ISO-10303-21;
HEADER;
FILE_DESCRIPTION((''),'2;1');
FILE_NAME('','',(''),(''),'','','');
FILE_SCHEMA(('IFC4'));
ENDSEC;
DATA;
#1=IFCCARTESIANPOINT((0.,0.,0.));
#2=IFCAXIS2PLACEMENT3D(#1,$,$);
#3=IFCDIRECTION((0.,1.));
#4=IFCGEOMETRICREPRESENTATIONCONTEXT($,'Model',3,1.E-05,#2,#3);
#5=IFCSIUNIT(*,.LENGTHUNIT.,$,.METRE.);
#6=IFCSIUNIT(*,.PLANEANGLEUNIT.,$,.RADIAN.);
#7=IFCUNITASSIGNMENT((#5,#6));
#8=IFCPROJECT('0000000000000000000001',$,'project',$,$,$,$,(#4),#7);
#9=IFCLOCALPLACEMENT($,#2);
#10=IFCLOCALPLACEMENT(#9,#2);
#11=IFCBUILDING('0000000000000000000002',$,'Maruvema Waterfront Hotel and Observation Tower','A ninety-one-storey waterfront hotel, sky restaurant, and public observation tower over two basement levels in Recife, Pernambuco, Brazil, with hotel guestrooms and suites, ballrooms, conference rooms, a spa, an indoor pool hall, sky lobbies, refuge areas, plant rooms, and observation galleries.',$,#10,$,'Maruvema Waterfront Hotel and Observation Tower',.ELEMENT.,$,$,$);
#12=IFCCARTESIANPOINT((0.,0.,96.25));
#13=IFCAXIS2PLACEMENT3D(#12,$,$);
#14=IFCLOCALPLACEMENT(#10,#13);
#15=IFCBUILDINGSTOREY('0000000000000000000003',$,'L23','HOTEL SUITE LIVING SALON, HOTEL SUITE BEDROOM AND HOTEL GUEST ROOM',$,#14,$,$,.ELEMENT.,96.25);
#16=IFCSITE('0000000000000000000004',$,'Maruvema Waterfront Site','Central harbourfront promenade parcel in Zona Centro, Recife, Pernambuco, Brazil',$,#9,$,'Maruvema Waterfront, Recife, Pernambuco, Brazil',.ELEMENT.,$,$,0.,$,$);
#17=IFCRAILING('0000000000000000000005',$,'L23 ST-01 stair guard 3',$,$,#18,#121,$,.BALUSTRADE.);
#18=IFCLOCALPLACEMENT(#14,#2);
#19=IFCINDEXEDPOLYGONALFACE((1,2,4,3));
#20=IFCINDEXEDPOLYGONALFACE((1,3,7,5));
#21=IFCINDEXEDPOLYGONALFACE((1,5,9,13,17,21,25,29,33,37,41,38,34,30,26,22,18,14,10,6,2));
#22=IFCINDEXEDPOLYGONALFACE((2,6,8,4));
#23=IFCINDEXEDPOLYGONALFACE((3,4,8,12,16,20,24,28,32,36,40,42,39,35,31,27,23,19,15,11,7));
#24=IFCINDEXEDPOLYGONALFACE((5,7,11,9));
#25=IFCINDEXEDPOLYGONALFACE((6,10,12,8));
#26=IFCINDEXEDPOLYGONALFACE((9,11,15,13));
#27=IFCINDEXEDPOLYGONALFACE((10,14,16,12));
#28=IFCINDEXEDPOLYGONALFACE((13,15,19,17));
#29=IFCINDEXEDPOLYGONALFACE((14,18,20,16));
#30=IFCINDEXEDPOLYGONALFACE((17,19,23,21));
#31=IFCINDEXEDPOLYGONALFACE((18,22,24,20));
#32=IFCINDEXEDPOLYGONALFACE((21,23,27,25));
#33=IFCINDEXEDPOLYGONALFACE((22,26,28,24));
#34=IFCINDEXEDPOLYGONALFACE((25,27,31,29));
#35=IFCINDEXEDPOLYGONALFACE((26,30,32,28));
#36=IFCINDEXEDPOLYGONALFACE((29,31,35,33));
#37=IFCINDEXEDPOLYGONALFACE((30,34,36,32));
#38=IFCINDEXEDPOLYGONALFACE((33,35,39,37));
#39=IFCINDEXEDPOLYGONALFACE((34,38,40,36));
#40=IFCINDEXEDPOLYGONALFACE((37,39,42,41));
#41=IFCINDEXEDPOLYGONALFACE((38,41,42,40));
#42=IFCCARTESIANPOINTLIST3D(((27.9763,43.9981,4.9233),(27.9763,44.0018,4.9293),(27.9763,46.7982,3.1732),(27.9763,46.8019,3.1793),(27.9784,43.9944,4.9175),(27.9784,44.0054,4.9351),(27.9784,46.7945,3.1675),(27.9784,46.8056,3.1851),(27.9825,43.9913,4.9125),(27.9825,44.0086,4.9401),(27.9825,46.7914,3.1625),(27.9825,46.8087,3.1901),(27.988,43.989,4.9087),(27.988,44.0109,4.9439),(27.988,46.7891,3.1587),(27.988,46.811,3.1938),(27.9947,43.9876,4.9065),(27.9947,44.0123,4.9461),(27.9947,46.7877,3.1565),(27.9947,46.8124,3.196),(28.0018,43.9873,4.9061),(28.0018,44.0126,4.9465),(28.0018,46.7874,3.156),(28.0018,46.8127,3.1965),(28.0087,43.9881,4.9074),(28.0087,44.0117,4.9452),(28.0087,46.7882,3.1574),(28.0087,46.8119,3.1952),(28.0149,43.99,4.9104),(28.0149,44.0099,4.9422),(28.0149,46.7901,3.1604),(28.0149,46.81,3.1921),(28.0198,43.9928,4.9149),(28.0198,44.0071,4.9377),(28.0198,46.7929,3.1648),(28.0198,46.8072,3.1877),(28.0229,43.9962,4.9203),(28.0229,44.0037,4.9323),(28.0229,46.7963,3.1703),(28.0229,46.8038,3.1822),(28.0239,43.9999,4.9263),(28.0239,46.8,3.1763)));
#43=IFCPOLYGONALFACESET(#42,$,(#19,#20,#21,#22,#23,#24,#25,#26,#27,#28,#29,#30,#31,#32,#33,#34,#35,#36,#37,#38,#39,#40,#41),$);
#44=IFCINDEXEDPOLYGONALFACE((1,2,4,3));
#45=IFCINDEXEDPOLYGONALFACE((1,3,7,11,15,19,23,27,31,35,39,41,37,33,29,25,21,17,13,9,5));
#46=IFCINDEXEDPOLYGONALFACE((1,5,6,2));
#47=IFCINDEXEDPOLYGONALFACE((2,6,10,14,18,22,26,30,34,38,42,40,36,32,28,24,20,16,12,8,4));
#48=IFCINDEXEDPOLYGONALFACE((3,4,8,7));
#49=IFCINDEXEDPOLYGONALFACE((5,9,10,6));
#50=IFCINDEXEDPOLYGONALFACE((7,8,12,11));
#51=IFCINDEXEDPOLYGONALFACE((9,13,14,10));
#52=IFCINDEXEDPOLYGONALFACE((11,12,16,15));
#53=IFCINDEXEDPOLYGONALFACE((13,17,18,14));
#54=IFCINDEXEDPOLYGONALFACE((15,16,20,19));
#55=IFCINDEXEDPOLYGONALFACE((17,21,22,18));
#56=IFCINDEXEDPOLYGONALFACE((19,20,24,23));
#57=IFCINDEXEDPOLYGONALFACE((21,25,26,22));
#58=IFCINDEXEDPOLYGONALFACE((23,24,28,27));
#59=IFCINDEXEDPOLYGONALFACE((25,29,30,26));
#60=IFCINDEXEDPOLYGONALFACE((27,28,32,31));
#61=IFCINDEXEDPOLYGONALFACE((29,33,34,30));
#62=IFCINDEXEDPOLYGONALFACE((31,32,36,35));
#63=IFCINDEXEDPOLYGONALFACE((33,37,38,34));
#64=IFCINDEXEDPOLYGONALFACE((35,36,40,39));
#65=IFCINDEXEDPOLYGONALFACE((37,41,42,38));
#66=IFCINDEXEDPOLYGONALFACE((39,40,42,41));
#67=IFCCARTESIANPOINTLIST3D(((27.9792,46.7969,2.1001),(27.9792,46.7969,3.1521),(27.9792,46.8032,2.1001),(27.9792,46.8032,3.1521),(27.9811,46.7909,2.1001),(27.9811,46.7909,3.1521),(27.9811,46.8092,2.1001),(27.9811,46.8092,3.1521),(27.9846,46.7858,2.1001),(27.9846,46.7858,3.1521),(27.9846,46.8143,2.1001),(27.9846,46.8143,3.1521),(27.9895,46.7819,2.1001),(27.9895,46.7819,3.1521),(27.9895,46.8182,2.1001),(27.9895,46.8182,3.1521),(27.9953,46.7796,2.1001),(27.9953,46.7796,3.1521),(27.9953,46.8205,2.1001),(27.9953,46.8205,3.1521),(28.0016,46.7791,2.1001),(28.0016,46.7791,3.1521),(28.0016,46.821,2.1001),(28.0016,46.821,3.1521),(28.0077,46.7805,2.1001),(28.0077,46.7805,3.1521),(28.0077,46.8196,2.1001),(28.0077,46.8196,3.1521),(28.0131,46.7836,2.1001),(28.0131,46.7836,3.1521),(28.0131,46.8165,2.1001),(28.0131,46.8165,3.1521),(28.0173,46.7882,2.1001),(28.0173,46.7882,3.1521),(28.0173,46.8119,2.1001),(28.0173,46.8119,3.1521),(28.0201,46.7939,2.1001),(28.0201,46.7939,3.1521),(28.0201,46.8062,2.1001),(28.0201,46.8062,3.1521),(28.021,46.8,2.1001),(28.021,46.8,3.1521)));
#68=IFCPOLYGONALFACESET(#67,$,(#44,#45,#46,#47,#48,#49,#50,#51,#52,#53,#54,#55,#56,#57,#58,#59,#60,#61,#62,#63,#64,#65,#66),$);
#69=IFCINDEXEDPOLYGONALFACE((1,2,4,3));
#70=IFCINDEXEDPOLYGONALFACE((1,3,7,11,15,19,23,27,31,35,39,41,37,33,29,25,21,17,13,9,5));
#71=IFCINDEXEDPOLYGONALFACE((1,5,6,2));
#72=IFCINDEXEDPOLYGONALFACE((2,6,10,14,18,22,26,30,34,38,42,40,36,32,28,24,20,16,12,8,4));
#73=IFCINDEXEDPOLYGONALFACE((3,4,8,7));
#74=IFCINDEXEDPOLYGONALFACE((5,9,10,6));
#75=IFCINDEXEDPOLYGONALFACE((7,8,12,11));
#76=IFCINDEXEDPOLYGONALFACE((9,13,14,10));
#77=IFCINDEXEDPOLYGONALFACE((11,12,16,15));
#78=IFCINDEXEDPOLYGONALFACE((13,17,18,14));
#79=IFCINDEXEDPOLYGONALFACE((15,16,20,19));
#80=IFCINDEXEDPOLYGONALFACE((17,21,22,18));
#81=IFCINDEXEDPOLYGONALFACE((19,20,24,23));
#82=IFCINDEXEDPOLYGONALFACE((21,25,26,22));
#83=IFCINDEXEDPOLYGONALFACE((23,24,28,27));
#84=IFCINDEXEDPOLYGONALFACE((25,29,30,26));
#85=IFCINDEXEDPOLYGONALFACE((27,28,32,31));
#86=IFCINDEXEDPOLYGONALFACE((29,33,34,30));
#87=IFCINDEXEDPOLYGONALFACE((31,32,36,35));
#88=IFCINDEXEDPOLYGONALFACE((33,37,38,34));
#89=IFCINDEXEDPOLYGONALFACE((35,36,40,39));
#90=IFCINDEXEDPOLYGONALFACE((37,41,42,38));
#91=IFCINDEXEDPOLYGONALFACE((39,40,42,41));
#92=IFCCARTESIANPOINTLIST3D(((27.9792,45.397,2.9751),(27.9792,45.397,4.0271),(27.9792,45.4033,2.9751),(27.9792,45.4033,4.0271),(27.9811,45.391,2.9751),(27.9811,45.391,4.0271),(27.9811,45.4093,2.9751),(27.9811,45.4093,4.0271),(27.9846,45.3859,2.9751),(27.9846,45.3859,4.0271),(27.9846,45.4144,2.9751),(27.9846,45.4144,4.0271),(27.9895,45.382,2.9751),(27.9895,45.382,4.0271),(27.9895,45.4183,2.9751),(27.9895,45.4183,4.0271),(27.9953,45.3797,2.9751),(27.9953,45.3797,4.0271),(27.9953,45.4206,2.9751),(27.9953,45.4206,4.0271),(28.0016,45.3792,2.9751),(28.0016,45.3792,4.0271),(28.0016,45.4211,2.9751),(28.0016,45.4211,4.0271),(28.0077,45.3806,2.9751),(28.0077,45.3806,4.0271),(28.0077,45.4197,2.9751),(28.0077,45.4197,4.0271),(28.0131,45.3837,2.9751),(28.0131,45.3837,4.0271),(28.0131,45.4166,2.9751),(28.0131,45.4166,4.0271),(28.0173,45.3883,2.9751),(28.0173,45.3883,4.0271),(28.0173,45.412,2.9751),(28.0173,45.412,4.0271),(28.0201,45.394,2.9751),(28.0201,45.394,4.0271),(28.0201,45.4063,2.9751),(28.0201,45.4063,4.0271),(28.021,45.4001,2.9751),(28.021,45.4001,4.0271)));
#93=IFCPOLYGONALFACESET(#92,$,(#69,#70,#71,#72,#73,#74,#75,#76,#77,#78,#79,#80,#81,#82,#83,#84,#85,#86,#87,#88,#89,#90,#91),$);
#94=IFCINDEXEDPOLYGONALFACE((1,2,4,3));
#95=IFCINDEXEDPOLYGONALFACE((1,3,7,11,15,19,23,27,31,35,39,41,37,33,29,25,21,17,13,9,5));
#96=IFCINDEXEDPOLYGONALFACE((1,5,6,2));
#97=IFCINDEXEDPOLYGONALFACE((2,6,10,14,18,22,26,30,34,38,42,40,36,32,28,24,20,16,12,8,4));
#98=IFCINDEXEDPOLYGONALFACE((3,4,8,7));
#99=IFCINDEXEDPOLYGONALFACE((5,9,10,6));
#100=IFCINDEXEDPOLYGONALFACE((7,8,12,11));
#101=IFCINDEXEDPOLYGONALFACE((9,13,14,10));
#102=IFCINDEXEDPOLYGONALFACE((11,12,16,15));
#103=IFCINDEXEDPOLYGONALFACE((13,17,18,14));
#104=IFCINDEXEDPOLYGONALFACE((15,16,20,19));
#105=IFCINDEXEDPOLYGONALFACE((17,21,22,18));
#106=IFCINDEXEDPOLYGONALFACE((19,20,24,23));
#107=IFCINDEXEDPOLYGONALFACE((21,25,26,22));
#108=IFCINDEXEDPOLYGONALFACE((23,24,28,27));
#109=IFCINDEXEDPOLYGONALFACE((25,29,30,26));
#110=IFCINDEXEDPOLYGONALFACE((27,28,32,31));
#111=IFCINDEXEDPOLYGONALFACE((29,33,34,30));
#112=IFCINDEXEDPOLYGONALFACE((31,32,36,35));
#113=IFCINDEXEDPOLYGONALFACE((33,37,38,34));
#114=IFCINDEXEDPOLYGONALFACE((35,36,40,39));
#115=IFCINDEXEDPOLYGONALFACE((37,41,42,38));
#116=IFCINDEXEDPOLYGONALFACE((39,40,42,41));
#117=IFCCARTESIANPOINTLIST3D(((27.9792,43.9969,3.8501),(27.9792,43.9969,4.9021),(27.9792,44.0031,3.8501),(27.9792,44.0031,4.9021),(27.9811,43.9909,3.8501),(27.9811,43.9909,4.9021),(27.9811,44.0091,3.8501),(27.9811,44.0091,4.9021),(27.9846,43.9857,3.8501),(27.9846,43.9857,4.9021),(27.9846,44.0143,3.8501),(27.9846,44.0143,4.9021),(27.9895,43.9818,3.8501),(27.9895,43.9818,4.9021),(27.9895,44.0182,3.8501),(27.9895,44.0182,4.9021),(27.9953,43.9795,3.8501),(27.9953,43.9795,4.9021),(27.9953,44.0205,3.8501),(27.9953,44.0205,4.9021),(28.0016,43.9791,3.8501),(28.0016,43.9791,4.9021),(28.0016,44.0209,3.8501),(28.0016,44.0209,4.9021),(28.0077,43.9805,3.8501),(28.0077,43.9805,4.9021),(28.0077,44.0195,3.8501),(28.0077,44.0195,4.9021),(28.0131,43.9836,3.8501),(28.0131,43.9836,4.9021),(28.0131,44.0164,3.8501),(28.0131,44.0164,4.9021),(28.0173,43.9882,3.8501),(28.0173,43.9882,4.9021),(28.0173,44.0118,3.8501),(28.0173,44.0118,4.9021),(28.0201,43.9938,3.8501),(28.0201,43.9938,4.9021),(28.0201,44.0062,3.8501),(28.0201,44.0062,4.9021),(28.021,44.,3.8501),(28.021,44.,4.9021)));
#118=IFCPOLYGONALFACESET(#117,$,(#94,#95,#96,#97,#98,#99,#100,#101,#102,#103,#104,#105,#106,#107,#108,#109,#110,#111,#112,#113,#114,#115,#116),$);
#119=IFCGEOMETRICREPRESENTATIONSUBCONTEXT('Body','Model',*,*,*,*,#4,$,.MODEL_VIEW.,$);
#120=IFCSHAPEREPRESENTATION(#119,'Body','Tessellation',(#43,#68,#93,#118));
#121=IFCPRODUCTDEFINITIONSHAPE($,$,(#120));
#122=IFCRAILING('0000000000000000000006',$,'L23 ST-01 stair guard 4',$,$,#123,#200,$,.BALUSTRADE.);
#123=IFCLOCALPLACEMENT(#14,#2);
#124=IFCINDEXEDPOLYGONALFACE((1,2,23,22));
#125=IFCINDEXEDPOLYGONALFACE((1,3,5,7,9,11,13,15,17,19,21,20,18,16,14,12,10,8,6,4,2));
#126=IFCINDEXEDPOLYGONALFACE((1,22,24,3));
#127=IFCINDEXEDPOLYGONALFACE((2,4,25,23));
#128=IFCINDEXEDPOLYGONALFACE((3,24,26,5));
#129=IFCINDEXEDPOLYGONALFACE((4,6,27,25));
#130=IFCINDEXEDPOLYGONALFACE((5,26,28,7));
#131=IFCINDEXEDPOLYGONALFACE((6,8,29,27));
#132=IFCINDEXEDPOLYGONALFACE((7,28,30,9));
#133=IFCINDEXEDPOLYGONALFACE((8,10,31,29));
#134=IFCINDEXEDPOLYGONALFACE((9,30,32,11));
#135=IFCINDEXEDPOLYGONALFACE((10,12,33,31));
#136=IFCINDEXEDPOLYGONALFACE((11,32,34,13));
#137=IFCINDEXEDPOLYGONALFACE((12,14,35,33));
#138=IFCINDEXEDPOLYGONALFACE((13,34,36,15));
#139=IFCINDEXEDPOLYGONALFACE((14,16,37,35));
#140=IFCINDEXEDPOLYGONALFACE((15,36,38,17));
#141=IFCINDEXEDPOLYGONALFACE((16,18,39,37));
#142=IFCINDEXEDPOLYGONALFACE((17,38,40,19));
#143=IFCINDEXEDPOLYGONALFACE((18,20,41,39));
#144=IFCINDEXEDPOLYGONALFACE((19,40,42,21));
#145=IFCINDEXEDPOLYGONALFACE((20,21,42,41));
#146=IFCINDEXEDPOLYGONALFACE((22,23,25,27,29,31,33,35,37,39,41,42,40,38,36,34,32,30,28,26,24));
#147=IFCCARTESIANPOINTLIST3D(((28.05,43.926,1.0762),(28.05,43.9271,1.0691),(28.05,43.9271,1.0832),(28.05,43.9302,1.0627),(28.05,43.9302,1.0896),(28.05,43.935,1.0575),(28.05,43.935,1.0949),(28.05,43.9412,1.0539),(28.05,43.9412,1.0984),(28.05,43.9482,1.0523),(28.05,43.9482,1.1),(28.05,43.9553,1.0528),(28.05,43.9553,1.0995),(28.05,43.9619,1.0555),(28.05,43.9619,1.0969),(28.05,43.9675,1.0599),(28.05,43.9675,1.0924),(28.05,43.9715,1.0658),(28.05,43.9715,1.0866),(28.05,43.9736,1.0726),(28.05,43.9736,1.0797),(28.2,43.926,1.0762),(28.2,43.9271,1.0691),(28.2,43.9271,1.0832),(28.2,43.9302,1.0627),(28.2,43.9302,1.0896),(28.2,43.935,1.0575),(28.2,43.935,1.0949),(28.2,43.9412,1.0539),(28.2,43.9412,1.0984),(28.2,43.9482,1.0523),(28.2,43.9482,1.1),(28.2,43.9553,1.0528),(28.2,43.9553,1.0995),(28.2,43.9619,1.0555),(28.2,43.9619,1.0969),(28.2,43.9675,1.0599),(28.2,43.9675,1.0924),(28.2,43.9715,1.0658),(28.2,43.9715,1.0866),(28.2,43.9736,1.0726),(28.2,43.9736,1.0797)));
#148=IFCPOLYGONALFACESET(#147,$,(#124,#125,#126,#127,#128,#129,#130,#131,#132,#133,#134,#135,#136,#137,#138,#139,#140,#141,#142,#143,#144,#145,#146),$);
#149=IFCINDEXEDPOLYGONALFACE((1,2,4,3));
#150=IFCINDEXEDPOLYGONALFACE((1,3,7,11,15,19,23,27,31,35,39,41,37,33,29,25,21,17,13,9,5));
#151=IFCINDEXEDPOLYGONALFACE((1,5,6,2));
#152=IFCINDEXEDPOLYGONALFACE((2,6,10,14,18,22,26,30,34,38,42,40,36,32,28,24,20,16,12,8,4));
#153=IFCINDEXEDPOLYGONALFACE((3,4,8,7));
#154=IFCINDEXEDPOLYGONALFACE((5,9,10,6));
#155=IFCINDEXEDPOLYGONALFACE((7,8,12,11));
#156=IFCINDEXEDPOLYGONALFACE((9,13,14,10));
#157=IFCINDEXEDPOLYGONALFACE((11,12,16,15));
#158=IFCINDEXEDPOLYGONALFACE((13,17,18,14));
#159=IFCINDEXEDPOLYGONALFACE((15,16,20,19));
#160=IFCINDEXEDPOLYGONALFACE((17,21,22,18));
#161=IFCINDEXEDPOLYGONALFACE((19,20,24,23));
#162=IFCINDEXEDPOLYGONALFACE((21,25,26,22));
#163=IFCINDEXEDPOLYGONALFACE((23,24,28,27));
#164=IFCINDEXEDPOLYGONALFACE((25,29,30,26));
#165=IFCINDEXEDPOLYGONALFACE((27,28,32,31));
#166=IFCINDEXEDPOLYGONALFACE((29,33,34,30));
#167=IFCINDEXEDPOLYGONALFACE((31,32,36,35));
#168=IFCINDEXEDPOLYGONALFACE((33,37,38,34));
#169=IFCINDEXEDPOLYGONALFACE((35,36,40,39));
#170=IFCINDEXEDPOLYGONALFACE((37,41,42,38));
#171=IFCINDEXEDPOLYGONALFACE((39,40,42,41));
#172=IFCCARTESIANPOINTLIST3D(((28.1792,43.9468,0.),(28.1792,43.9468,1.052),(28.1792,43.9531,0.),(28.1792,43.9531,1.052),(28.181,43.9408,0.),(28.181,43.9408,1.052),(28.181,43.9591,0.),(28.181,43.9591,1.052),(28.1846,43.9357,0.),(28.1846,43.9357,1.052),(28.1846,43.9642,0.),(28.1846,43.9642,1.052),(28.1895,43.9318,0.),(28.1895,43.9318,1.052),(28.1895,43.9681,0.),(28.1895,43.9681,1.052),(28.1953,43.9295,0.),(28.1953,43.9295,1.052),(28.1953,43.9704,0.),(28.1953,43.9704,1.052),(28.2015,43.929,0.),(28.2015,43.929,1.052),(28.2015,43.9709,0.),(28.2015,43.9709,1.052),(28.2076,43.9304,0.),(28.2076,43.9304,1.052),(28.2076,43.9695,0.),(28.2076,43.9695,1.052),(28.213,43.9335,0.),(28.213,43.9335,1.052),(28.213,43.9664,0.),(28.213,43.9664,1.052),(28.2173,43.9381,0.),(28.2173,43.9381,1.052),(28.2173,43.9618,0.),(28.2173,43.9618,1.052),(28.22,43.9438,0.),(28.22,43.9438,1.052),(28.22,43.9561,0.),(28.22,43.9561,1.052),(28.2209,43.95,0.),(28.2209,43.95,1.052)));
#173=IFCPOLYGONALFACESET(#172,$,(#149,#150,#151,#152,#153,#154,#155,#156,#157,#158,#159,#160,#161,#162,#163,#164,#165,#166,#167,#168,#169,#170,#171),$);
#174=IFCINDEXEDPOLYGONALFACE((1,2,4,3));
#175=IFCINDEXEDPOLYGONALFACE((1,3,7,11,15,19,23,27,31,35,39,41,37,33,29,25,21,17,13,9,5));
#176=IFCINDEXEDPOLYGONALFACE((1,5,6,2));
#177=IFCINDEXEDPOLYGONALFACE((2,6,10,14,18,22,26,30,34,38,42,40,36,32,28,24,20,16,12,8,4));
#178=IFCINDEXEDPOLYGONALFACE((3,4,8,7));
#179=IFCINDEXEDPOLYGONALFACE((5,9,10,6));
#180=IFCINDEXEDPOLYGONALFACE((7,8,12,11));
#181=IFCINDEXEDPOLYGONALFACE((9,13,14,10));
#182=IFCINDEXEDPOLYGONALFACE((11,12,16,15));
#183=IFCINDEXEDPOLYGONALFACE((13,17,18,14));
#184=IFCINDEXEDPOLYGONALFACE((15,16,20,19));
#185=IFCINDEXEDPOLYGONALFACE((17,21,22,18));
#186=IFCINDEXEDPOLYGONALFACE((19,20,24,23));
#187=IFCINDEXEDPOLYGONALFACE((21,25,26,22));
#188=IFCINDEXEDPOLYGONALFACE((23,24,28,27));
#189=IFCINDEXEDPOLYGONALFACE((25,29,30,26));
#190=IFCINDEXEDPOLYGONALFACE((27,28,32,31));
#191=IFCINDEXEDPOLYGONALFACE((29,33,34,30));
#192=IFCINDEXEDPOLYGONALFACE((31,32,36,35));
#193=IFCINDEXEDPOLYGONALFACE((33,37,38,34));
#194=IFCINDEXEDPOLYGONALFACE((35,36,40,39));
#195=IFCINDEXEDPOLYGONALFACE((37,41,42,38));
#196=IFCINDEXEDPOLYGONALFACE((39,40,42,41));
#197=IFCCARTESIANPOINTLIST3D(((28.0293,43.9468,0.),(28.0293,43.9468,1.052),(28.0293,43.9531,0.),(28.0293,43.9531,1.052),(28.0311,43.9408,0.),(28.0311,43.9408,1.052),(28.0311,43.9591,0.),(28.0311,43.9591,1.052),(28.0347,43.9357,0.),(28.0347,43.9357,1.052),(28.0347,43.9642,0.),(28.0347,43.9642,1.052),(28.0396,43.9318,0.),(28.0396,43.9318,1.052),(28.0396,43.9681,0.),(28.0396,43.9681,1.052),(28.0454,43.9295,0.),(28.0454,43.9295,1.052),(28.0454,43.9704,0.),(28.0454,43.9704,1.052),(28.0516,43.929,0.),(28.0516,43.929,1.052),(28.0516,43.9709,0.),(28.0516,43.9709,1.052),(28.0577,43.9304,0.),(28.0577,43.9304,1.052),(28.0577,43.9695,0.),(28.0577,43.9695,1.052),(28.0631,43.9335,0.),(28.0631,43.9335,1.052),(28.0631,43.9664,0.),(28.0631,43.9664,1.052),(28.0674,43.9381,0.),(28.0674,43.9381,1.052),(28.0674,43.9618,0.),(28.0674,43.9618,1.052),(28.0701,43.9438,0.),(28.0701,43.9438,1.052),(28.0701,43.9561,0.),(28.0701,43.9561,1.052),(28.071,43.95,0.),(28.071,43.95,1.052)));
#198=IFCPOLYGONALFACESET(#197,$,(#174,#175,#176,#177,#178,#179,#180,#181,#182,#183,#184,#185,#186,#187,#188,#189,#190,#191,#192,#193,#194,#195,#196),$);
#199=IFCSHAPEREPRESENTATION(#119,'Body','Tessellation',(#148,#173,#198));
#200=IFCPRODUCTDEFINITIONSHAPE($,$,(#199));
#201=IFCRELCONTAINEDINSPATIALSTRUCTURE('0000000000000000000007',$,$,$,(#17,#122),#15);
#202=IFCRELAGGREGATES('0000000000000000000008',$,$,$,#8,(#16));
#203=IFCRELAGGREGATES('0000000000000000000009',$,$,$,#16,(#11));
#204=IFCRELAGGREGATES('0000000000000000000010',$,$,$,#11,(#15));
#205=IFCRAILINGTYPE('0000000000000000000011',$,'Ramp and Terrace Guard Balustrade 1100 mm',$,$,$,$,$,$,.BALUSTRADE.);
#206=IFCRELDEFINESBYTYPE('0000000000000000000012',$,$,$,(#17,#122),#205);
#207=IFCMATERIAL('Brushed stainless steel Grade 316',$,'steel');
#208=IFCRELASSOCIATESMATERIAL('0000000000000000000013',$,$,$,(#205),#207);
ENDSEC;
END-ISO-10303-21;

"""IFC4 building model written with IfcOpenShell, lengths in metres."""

from ifc_helpers import new_model, si_unit, direction, frame, origin, origin_2d, place, context, subcontext, project, spatial, circle, extrude, material, type_object, element, save


model = new_model("IFC4")

# Units and contexts
model_context = context("Model", 3, precision=1e-05, world=origin(), true_north=direction((0.0, 1.0)))
body_context = subcontext(model_context, "Body", "Model", "MODEL_VIEW")
ifc_project = project(units=[si_unit("LENGTHUNIT", "METRE"), si_unit("PLANEANGLEUNIT", "RADIAN")], contexts=[model_context])

# Site, building, storey
site_placement = place(None, origin())
site = spatial("IfcSite", under=ifc_project, at=site_placement, Name="Maruvema Waterfront Site", Description="Central harbourfront promenade parcel in Zona Centro, Recife, Pernambuco, Brazil", LongName="Maruvema Waterfront, Recife, Pernambuco, Brazil", CompositionType="ELEMENT", RefElevation=0.0)
building_placement = place(site_placement, origin())
building = spatial("IfcBuilding", under=site, at=building_placement, Name="Maruvema Waterfront Hotel and Observation Tower", Description="A ninety-one-storey waterfront hotel, sky restaurant, and public observation tower over two basement levels in Recife, Pernambuco, Brazil, with hotel guestrooms and suites, ballrooms, conference rooms, a spa, an indoor pool hall, sky lobbies, refuge areas, plant rooms, and observation galleries.", LongName="Maruvema Waterfront Hotel and Observation Tower", CompositionType="ELEMENT")
storey_placement = place(building_placement, frame((0.0, 0.0, 96.25)))
storey = spatial("IfcBuildingStorey", under=building, at=storey_placement, Name="L23", Description="HOTEL SUITE LIVING SALON, HOTEL SUITE BEDROOM AND HOTEL GUEST ROOM", CompositionType="ELEMENT", Elevation=96.25)

# Railings
ifc_material_1 = material(Name="Brushed stainless steel Grade 316", Category="steel")
railing_type_1 = type_object("IfcRailingType", Name="Ramp and Terrace Guard Balustrade 1100 mm", PredefinedType="BALUSTRADE", material=ifc_material_1)
railing_1_placement = place(storey_placement, frame((28.0, 46.8, 2.1001)))
element("IfcRailing", 1, at=railing_1_placement, inside=storey, type_object=railing_type_1, Name="L23 ST-01 stair guard 3", PredefinedType="BALUSTRADE", context=body_context, shape_type="SweptSolid", body=[
    extrude(circle(Radius=0.0239, at=origin_2d()), frame((0.0, 0.0, 1.0762), z_axis=(0.0, -0.848002, 0.529992), x_axis=(1.0, 0.0, 0.0)), (0.0, 0.0, 1.0), 3.302),
    extrude(circle(Radius=0.021, at=origin_2d()), origin(), (0.0, 0.0, 1.0), 1.052),
    extrude(circle(Radius=0.021, at=origin_2d()), frame((0.0, -1.3999, 0.875)), (0.0, 0.0, 1.0), 1.052),
    extrude(circle(Radius=0.021, at=origin_2d()), frame((0.0, -2.8, 1.75)), (0.0, 0.0, 1.0), 1.052),
])
railing_2_placement = place(storey_placement, frame((28.2, 43.95, 0.0)))
element("IfcRailing", 2, at=railing_2_placement, inside=storey, type_object=railing_type_1, Name="L23 ST-01 stair guard 4", PredefinedType="BALUSTRADE", context=body_context, shape_type="SweptSolid", body=[
    extrude(circle(Radius=0.0239, at=origin_2d()), frame((0.0, 0.0, 1.0762), z_axis=(-1.0, 0.0, 0.0), x_axis=(0.0, -1.0, 0.0)), (0.0, 0.0, 1.0), 0.1499),
    extrude(circle(Radius=0.021, at=origin_2d()), origin(), (0.0, 0.0, 1.0), 1.052),
    extrude(circle(Radius=0.021, at=origin_2d()), frame((-0.1499, 0.0, 0.0)), (0.0, 0.0, 1.0), 1.052),
])

save(model, "model.ifc")
